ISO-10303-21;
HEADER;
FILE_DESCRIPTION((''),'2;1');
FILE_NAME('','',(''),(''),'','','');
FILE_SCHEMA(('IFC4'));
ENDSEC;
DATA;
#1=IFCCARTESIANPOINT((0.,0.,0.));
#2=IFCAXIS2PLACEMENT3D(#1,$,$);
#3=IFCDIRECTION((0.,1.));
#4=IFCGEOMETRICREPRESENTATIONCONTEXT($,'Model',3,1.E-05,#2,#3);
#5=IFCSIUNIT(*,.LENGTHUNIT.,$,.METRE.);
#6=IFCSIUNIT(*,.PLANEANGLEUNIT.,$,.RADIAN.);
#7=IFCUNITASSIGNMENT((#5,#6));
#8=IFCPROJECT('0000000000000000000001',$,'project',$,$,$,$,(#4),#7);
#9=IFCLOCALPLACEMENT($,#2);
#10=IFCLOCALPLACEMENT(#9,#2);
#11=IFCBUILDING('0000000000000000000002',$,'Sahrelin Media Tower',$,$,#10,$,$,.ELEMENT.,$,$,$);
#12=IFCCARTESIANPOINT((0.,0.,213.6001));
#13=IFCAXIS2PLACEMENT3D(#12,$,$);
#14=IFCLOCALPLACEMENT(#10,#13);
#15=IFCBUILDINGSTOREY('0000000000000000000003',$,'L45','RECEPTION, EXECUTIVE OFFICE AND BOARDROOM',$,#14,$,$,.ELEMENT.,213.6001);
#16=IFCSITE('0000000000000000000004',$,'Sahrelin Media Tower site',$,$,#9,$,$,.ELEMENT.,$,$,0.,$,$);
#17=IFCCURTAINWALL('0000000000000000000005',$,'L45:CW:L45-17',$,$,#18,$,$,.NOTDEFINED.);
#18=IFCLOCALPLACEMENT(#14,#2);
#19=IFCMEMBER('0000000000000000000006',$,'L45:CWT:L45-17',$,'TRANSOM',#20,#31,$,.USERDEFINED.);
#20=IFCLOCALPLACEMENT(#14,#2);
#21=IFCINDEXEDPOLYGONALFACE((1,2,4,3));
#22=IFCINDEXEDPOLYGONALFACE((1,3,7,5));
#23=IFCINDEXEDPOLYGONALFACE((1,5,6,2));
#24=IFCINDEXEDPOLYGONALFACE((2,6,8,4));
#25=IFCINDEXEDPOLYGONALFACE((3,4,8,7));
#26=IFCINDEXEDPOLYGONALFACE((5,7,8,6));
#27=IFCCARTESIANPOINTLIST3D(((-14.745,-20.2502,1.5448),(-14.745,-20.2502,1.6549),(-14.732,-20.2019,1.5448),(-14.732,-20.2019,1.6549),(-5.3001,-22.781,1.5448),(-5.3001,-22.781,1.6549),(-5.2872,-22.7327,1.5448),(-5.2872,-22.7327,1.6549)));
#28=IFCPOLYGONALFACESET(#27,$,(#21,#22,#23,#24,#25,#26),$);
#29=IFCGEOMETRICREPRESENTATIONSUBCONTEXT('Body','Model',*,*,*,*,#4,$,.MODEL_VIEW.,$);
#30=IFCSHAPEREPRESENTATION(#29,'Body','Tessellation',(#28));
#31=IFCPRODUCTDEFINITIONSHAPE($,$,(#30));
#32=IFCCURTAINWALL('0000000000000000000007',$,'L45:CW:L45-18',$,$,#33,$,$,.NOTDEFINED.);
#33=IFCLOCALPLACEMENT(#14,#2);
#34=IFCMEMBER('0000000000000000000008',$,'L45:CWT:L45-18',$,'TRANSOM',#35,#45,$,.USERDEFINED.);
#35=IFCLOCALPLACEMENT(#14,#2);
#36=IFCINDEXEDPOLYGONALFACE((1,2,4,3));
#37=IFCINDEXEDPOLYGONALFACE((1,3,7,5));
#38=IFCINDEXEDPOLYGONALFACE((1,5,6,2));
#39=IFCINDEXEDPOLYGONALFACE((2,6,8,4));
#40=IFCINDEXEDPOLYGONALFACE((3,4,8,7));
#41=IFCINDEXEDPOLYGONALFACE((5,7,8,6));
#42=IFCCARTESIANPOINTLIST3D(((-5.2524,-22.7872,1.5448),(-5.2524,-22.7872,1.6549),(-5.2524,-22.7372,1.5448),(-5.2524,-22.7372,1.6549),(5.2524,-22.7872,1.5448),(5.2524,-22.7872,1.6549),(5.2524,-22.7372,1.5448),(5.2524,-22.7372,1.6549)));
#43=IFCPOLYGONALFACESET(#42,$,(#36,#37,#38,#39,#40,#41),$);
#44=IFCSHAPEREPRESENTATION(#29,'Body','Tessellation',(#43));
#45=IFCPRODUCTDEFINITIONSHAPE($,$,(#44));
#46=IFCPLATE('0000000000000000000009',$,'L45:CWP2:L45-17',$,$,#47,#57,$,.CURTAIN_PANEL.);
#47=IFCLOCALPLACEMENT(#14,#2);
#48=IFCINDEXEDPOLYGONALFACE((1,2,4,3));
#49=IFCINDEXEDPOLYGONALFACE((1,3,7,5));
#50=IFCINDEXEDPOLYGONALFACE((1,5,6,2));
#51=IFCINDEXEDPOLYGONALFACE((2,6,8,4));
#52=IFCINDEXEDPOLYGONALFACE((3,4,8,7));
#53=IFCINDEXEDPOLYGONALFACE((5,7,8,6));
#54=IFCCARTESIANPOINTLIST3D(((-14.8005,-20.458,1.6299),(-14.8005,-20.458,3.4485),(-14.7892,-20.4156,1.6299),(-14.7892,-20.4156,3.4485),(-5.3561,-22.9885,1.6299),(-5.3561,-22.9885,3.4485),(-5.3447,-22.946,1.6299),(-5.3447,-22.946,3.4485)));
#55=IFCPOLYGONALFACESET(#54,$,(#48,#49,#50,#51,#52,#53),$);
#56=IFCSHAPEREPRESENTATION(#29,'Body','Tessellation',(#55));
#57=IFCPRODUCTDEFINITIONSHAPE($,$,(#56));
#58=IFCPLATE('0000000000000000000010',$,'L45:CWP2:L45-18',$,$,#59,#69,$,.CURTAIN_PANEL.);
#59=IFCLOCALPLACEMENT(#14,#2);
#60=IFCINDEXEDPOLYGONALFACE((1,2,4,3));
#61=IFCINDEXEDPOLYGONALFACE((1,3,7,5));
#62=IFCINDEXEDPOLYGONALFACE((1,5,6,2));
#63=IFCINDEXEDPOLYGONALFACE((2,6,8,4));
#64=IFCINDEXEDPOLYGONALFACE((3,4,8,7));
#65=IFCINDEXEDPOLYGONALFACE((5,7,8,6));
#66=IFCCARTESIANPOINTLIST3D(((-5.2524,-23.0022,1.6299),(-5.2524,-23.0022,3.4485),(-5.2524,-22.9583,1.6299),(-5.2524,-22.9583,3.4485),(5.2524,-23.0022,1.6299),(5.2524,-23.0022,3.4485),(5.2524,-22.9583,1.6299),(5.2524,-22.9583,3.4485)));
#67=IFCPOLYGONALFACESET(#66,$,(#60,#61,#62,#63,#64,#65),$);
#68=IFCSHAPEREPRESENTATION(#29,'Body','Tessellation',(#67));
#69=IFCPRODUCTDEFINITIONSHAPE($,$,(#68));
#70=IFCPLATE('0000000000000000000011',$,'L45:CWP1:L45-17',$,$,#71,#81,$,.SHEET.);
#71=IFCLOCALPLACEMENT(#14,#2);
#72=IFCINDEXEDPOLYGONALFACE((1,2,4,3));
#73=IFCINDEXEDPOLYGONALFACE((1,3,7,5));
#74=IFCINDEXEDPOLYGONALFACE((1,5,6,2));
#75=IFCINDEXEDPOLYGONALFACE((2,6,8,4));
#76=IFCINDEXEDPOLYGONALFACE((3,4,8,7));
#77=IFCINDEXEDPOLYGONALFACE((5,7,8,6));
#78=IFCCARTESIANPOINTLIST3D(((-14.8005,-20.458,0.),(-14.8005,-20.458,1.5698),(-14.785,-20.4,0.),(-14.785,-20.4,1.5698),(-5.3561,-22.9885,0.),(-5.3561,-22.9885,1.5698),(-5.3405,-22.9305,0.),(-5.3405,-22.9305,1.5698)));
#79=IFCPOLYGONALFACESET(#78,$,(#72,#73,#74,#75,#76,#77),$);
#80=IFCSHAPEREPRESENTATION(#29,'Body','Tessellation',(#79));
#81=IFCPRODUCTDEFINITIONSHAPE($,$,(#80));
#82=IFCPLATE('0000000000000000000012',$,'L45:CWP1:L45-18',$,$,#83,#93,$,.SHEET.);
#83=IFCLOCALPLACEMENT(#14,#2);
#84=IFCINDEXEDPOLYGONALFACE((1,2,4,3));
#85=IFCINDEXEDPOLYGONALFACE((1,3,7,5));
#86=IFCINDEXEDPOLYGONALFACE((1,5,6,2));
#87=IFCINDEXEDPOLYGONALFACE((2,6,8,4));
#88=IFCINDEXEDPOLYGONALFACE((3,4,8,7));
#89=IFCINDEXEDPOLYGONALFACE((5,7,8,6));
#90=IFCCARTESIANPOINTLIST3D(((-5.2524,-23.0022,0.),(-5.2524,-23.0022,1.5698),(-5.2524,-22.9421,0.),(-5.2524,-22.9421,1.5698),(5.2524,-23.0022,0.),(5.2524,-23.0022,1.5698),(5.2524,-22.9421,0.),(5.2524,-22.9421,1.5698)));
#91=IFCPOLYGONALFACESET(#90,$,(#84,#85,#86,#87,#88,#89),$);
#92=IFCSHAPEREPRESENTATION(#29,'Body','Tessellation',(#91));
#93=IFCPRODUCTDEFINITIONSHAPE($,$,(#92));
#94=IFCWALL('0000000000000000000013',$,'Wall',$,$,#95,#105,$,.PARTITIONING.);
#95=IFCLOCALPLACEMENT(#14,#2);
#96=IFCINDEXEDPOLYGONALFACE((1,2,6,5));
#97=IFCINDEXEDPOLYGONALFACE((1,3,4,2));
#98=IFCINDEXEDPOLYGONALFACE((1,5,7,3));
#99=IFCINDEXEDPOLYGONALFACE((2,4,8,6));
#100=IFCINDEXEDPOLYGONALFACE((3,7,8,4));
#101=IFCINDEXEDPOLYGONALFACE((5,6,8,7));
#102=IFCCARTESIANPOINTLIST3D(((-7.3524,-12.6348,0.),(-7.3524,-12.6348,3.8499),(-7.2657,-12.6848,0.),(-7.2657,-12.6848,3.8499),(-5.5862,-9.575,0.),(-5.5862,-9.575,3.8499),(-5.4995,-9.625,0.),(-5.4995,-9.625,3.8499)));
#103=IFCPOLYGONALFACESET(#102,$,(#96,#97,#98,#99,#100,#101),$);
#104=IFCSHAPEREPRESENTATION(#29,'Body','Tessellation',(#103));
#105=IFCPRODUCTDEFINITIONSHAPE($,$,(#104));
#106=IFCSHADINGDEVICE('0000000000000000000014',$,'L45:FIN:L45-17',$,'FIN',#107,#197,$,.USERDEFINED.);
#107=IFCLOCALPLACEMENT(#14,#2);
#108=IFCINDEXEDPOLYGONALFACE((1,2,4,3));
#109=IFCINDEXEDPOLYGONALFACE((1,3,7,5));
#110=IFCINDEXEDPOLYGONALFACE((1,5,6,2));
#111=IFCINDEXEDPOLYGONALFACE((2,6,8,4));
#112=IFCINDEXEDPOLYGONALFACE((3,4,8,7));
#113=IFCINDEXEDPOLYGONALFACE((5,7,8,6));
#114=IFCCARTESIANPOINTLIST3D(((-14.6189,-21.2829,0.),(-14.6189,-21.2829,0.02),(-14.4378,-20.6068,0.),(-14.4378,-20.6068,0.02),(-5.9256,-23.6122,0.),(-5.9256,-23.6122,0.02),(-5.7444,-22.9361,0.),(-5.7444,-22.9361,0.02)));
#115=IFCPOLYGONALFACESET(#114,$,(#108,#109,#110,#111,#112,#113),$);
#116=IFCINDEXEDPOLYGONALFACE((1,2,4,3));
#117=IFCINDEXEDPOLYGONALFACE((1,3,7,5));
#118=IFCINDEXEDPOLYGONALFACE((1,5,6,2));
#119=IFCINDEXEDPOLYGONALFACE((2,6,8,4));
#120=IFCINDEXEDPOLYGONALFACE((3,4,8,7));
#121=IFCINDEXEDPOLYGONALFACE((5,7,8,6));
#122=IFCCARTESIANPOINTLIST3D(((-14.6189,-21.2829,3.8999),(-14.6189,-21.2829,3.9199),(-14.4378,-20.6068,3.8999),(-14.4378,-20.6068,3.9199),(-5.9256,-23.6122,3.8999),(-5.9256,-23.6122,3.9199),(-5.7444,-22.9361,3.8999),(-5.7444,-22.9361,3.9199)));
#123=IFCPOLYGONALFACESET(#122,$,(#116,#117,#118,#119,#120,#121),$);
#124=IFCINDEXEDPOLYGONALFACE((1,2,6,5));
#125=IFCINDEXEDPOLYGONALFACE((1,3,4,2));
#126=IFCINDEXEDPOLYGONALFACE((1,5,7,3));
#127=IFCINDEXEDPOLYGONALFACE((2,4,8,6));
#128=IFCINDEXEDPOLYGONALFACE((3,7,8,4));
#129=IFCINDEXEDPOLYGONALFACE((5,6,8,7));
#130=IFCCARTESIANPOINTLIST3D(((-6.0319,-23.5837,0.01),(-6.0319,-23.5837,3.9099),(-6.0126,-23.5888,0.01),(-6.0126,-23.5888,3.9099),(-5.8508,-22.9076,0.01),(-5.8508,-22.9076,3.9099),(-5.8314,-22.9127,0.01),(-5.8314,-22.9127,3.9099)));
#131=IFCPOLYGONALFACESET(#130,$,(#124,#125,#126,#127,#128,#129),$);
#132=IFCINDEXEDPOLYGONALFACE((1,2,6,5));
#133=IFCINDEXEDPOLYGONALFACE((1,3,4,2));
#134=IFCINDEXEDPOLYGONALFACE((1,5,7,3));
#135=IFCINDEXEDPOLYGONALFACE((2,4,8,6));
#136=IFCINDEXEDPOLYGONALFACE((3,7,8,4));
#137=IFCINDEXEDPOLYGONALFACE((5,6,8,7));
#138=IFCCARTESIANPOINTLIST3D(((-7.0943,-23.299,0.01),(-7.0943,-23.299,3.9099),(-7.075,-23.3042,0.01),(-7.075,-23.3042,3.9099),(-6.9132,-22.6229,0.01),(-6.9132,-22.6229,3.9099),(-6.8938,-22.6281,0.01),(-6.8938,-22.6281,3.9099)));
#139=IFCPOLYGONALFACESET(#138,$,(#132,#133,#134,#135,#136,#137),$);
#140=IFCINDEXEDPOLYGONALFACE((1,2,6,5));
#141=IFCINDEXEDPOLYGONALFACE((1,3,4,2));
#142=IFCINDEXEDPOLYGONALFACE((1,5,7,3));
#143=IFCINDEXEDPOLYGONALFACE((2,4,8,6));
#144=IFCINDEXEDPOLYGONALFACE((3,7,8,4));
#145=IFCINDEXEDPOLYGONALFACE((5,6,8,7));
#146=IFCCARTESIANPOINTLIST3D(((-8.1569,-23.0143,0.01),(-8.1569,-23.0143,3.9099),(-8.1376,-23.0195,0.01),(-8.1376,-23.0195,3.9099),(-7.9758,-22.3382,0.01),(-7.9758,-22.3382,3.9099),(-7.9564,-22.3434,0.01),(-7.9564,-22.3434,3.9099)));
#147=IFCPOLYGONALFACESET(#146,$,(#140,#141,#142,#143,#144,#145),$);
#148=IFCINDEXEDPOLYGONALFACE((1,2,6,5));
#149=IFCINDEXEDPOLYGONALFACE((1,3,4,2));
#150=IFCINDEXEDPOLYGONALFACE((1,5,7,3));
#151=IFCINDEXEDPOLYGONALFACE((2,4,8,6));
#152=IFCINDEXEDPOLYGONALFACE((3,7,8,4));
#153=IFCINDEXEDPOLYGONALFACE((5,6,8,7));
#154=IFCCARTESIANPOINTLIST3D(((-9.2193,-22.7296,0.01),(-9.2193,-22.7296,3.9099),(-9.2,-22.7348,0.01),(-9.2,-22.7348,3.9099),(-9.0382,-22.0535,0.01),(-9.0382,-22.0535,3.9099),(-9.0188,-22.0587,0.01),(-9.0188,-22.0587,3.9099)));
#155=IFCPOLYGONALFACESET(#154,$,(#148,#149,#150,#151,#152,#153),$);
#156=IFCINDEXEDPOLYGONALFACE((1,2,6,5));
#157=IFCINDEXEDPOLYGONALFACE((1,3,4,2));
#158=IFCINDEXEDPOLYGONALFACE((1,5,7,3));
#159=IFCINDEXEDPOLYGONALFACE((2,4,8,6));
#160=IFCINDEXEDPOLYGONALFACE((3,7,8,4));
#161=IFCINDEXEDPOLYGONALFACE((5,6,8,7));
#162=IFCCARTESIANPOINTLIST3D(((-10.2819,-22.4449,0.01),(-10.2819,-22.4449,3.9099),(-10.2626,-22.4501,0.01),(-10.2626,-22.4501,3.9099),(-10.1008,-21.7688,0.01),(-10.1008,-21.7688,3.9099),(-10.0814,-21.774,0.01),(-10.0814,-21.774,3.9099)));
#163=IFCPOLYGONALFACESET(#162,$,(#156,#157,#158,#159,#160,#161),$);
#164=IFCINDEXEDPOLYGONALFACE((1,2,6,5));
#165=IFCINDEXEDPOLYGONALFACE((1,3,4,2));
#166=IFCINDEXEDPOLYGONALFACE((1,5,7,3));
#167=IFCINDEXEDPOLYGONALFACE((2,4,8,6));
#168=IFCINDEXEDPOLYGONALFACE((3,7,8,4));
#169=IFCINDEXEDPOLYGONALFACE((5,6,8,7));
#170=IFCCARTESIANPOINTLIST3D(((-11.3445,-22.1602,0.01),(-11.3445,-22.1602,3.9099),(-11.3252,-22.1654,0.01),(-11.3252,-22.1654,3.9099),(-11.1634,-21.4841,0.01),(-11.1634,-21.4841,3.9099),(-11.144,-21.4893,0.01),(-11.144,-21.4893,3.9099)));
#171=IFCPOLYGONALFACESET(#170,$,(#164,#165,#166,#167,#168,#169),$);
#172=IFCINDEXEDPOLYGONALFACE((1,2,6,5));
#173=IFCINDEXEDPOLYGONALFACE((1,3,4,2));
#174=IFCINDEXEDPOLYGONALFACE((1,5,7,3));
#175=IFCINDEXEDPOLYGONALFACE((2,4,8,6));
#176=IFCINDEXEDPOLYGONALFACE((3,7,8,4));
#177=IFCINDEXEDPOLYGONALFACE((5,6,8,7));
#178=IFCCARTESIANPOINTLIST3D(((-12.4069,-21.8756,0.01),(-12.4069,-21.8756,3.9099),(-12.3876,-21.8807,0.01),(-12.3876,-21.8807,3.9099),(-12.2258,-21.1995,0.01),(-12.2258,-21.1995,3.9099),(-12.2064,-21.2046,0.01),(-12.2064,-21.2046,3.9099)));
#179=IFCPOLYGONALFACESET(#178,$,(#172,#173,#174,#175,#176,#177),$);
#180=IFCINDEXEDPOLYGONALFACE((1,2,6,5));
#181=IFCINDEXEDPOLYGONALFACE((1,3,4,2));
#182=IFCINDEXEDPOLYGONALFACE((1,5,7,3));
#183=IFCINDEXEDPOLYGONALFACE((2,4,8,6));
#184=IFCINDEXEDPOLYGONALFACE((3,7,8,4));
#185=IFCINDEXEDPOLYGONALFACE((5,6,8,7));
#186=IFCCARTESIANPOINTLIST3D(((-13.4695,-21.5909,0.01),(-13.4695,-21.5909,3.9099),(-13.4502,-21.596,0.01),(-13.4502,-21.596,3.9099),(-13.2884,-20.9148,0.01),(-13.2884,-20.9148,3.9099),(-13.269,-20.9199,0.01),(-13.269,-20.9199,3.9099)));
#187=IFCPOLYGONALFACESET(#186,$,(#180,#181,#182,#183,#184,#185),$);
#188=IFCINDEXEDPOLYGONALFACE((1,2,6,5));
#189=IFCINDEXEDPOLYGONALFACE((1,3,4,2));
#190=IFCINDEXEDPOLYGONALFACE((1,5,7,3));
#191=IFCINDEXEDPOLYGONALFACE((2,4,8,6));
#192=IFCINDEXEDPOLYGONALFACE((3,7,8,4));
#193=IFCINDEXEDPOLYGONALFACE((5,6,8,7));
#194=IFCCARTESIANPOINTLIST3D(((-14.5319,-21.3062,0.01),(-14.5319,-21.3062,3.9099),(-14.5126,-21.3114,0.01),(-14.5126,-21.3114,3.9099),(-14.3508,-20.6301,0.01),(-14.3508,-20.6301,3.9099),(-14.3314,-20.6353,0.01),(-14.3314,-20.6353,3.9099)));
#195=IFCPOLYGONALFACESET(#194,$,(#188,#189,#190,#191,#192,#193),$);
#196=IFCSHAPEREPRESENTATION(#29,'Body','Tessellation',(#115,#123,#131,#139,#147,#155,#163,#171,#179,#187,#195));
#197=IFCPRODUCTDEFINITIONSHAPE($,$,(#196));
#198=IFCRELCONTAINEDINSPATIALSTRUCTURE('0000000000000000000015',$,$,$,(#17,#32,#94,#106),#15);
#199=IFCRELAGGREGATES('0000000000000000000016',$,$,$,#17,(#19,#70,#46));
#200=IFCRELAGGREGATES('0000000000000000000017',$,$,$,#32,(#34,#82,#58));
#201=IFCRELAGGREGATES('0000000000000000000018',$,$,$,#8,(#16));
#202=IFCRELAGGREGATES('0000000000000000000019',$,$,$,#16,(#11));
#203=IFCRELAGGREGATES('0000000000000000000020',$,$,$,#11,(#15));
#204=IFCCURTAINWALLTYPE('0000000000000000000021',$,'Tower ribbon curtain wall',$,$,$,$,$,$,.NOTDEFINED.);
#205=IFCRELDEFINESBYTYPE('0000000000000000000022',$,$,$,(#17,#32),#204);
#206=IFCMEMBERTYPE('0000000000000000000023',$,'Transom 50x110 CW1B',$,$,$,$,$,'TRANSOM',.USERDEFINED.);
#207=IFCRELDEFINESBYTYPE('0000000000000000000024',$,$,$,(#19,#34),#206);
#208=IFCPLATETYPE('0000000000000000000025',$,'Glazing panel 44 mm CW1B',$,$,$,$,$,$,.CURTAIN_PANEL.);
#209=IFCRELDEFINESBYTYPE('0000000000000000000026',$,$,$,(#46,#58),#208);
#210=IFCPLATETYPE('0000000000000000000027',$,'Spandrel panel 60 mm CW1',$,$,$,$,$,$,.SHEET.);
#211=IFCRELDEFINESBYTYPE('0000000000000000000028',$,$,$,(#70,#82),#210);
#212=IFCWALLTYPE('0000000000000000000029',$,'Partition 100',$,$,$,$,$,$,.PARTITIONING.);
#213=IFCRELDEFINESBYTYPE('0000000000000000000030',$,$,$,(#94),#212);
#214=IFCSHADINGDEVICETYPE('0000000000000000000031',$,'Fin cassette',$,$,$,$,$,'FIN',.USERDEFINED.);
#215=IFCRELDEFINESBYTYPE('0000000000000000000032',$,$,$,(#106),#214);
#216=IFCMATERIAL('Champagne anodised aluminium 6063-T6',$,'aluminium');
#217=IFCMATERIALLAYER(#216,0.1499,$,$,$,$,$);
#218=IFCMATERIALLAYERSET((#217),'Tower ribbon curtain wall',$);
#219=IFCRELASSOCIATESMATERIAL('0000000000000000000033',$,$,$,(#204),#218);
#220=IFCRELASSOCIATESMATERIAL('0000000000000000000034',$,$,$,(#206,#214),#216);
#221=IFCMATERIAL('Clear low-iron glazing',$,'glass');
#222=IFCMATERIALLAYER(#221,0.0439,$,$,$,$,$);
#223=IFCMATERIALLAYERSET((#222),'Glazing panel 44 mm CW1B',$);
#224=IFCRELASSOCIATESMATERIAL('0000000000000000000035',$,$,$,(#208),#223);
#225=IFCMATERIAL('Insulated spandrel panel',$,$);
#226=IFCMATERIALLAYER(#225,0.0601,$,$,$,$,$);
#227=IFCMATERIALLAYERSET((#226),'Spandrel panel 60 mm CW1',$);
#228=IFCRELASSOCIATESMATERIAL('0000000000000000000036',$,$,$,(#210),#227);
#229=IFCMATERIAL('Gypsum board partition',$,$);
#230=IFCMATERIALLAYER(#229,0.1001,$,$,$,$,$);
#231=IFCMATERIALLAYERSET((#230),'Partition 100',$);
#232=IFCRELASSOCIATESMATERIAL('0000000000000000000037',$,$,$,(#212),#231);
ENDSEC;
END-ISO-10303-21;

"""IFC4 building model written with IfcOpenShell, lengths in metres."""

from ifc_helpers import new_model, si_unit, direction, frame, frame_2d, origin, origin_2d, place, context, subcontext, project, spatial, polyline, rectangle, outline, extrude, material, layer, layer_set, material_profile, profile_set, type_object, element, aggregate, save


model = new_model("IFC4")

# Units and contexts
model_context = context("Model", 3, precision=1e-05, world=origin(), true_north=direction((0.0, 1.0)))
body_context = subcontext(model_context, "Body", "Model", "MODEL_VIEW")
ifc_project = project(units=[si_unit("LENGTHUNIT", "METRE"), si_unit("PLANEANGLEUNIT", "RADIAN")], contexts=[model_context])

# Site, building, storey
site_placement = place(None, origin())
site = spatial("IfcSite", under=ifc_project, at=site_placement, Name="Sahrelin Media Tower site", CompositionType="ELEMENT", RefElevation=0.0)
building_placement = place(site_placement, origin())
building = spatial("IfcBuilding", under=site, at=building_placement, Name="Sahrelin Media Tower", CompositionType="ELEMENT")
storey_placement = place(building_placement, frame((0.0, 0.0, 213.6001)))
storey = spatial("IfcBuildingStorey", under=building, at=storey_placement, Name="L45", Description="RECEPTION, EXECUTIVE OFFICE AND BOARDROOM", CompositionType="ELEMENT", Elevation=213.6001)

# Curtain wall
ifc_material_1 = material(Name="Champagne anodised aluminium 6063-T6", Category="aluminium")
ifc_layer_1 = layer(ifc_material_1, 0.1499)
ifc_layer_set_1 = layer_set([ifc_layer_1], Name="Tower ribbon curtain wall")
curtain_wall_type = type_object("IfcCurtainWallType", Name="Tower ribbon curtain wall", PredefinedType="NOTDEFINED", material=ifc_layer_set_1)
curtain_wall_1_placement = place(storey_placement, frame((-10.073, -21.7039, 0.0), z_axis=(0.0, 0.0, 1.0), x_axis=(1.0, 0.0, 0.0)))
curtain_wall_1 = element("IfcCurtainWall", 1, at=curtain_wall_1_placement, inside=storey, type_object=curtain_wall_type, Name="L45:CW:L45-17", PredefinedType="NOTDEFINED")

# Member
ifc_material_profile_1 = material_profile(ifc_material_1, rectangle(XDim=0.05, YDim=0.1101, at=origin_2d()), Name="Transom 50x110")
ifc_profile_set_1 = profile_set([ifc_material_profile_1], Name="Champagne anodised aluminium 6063-T6")
member_type_1 = type_object("IfcMemberType", Name="Transom 50x110 CW1B", ElementType="TRANSOM", PredefinedType="USERDEFINED", material=ifc_profile_set_1)
member_1_placement = place(storey_placement, frame((-14.7385, -20.2261, 1.5999), z_axis=(0.965925, -0.258822, 0.0), x_axis=(0.258822, 0.965925, 0.0)))
member_1 = element("IfcMember", 2, at=member_1_placement, type_object=member_type_1, Name="L45:CWT:L45-17", ObjectType="TRANSOM", PredefinedType="USERDEFINED", context=body_context, shape_type="SweptSolid", body=[
    extrude(rectangle(XDim=0.05, YDim=0.1101, at=origin_2d()), origin(), (0.0, 0.0, 1.0), 9.7781),
])

# Curtain wall, member
curtain_wall_2_placement = place(storey_placement, frame((0.0, -22.9822, 0.0), z_axis=(0.0, 0.0, 1.0), x_axis=(1.0, 0.0, 0.0)))
curtain_wall_2 = element("IfcCurtainWall", 3, at=curtain_wall_2_placement, inside=storey, type_object=curtain_wall_type, Name="L45:CW:L45-18", PredefinedType="NOTDEFINED")
member_2_placement = place(storey_placement, frame((-5.2524, -22.7622, 1.5999), z_axis=(1.0, 0.0, 0.0), x_axis=(0.0, 1.0, 0.0)))
member_2 = element("IfcMember", 4, at=member_2_placement, type_object=member_type_1, Name="L45:CWT:L45-18", ObjectType="TRANSOM", PredefinedType="USERDEFINED", context=body_context, shape_type="SweptSolid", body=[
    extrude(rectangle(XDim=0.05, YDim=0.1101, at=origin_2d()), origin(), (0.0, 0.0, 1.0), 10.5049),
])

# Plates
ifc_material_2 = material(Name="Clear low-iron glazing", Category="glass")
ifc_layer_2 = layer(ifc_material_2, 0.0439)
ifc_layer_set_2 = layer_set([ifc_layer_2], Name="Glazing panel 44 mm CW1B")
plate_type_1 = type_object("IfcPlateType", Name="Glazing panel 44 mm CW1B", PredefinedType="CURTAIN_PANEL", material=ifc_layer_set_2)
plate_1_placement = place(storey_placement, frame((-14.8005, -20.458, 1.6299), z_axis=(-0.258805, -0.96593, 0.0), x_axis=(0.96593, -0.258805, 0.0)))
plate_1 = element("IfcPlate", 5, at=plate_1_placement, type_object=plate_type_1, Name="L45:CWP2:L45-17", PredefinedType="CURTAIN_PANEL", context=body_context, shape_type="SweptSolid", body=[
    extrude(outline(polyline([(0.0, 0.0), (9.7776, 0.0), (9.7776, 1.8186), (0.0, 1.8186), (0.0, 0.0)])), origin(), (0.0, 0.0, -1.0), 0.0439),
])
plate_2_placement = place(storey_placement, frame((-5.2524, -23.0022, 1.6299), z_axis=(0.0, -1.0, 0.0), x_axis=(1.0, 0.0, 0.0)))
plate_2 = element("IfcPlate", 6, at=plate_2_placement, type_object=plate_type_1, Name="L45:CWP2:L45-18", PredefinedType="CURTAIN_PANEL", context=body_context, shape_type="SweptSolid", body=[
    extrude(outline(polyline([(0.0, 0.0), (10.5049, 0.0), (10.5049, 1.8186), (0.0, 1.8186), (0.0, 0.0)])), origin(), (0.0, 0.0, -1.0), 0.0439),
])
ifc_material_3 = material(Name="Insulated spandrel panel")
ifc_layer_3 = layer(ifc_material_3, 0.0601)
ifc_layer_set_3 = layer_set([ifc_layer_3], Name="Spandrel panel 60 mm CW1")
plate_type_2 = type_object("IfcPlateType", Name="Spandrel panel 60 mm CW1", PredefinedType="SHEET", material=ifc_layer_set_3)
plate_3_placement = place(storey_placement, frame((-14.8005, -20.458, 0.0), z_axis=(-0.258805, -0.96593, 0.0), x_axis=(0.96593, -0.258805, 0.0)))
plate_3 = element("IfcPlate", 7, at=plate_3_placement, type_object=plate_type_2, Name="L45:CWP1:L45-17", PredefinedType="SHEET", context=body_context, shape_type="SweptSolid", body=[
    extrude(outline(polyline([(0.0, 0.0), (9.7776, 0.0), (9.7776, 1.5698), (0.0, 1.5698), (0.0, 0.0)])), origin(), (0.0, 0.0, -1.0), 0.0601),
])
aggregate(curtain_wall_1, [member_1, plate_3, plate_1])
plate_4_placement = place(storey_placement, frame((-5.2524, -23.0022, 0.0), z_axis=(0.0, -1.0, 0.0), x_axis=(1.0, 0.0, 0.0)))
plate_4 = element("IfcPlate", 8, at=plate_4_placement, type_object=plate_type_2, Name="L45:CWP1:L45-18", PredefinedType="SHEET", context=body_context, shape_type="SweptSolid", body=[
    extrude(outline(polyline([(0.0, 0.0), (10.5049, 0.0), (10.5049, 1.5698), (0.0, 1.5698), (0.0, 0.0)])), origin(), (0.0, 0.0, -1.0), 0.0601),
])
aggregate(curtain_wall_2, [member_2, plate_4, plate_2])

# Wall
ifc_material_4 = material(Name="Gypsum board partition")
ifc_layer_4 = layer(ifc_material_4, 0.1001)
ifc_layer_set_4 = layer_set([ifc_layer_4], Name="Partition 100")
wall_type = type_object("IfcWallType", Name="Partition 100", PredefinedType="PARTITIONING", material=ifc_layer_set_4)
wall_placement = place(storey_placement, frame((-7.3091, -12.6599, 0.0), z_axis=(0.0, 0.0, 1.0), x_axis=(0.4999, 0.866083, 0.0)))
element("IfcWall", 9, at=wall_placement, inside=storey, type_object=wall_type, Name="Wall", PredefinedType="PARTITIONING", context=body_context, shape_type="SweptSolid", body=[
    extrude(rectangle(XDim=3.533, YDim=0.1001, at=frame_2d((1.7666, 0.0))), origin(), (0.0, 0.0, 1.0), 3.8499),
])

# Shading device
shading_device_type_1 = type_object("IfcShadingDeviceType", Name="Fin cassette", ElementType="FIN", PredefinedType="USERDEFINED", material=ifc_material_1)
placement = place(storey_placement, frame((-10.073, -21.7039, 0.0), z_axis=(0.0, 0.0, 1.0), x_axis=(-0.965929, 0.258808, 0.0)))
element("IfcShadingDevice", 10, at=placement, inside=storey, type_object=shading_device_type_1, Name="L45:FIN:L45-17", ObjectType="FIN", PredefinedType="USERDEFINED", context=body_context, shape_type="SweptSolid", body=[
    extrude(rectangle(XDim=9.0, YDim=0.7, at=origin_2d()), frame((0.0, 0.4199, 0.0)), (0.0, 0.0, 1.0), 0.02),
    extrude(rectangle(XDim=9.0, YDim=0.7, at=origin_2d()), frame((0.0, 0.4199, 3.8999)), (0.0, 0.0, 1.0), 0.02),
    extrude(rectangle(XDim=0.02, YDim=0.7, at=origin_2d()), frame((-4.3999, 0.4199, 0.01), z_axis=(0.0, 0.0, 1.0), x_axis=(1.0, 0.0, 0.0)), (0.0, 0.0, 1.0), 3.8999),
    extrude(rectangle(XDim=0.02, YDim=0.7, at=origin_2d()), frame((-3.3, 0.4199, 0.01), z_axis=(0.0, 0.0, 1.0), x_axis=(1.0, 0.0, 0.0)), (0.0, 0.0, 1.0), 3.8999),
    extrude(rectangle(XDim=0.02, YDim=0.7, at=origin_2d()), frame((-2.2, 0.4199, 0.01), z_axis=(0.0, 0.0, 1.0), x_axis=(1.0, 0.0, 0.0)), (0.0, 0.0, 1.0), 3.8999),
    extrude(rectangle(XDim=0.02, YDim=0.7, at=origin_2d()), frame((-1.1001, 0.4199, 0.01), z_axis=(0.0, 0.0, 1.0), x_axis=(1.0, 0.0, 0.0)), (0.0, 0.0, 1.0), 3.8999),
    extrude(rectangle(XDim=0.02, YDim=0.7, at=origin_2d()), frame((0.0, 0.4199, 0.01), z_axis=(0.0, 0.0, 1.0), x_axis=(1.0, 0.0, 0.0)), (0.0, 0.0, 1.0), 3.8999),
    extrude(rectangle(XDim=0.02, YDim=0.7, at=origin_2d()), frame((1.1001, 0.4199, 0.01), z_axis=(0.0, 0.0, 1.0), x_axis=(1.0, 0.0, 0.0)), (0.0, 0.0, 1.0), 3.8999),
    extrude(rectangle(XDim=0.02, YDim=0.7, at=origin_2d()), frame((2.2, 0.4199, 0.01), z_axis=(0.0, 0.0, 1.0), x_axis=(1.0, 0.0, 0.0)), (0.0, 0.0, 1.0), 3.8999),
    extrude(rectangle(XDim=0.02, YDim=0.7, at=origin_2d()), frame((3.3, 0.4199, 0.01), z_axis=(0.0, 0.0, 1.0), x_axis=(1.0, 0.0, 0.0)), (0.0, 0.0, 1.0), 3.8999),
    extrude(rectangle(XDim=0.02, YDim=0.7, at=origin_2d()), frame((4.3999, 0.4199, 0.01), z_axis=(0.0, 0.0, 1.0), x_axis=(1.0, 0.0, 0.0)), (0.0, 0.0, 1.0), 3.8999),
])

save(model, "model.ifc")
